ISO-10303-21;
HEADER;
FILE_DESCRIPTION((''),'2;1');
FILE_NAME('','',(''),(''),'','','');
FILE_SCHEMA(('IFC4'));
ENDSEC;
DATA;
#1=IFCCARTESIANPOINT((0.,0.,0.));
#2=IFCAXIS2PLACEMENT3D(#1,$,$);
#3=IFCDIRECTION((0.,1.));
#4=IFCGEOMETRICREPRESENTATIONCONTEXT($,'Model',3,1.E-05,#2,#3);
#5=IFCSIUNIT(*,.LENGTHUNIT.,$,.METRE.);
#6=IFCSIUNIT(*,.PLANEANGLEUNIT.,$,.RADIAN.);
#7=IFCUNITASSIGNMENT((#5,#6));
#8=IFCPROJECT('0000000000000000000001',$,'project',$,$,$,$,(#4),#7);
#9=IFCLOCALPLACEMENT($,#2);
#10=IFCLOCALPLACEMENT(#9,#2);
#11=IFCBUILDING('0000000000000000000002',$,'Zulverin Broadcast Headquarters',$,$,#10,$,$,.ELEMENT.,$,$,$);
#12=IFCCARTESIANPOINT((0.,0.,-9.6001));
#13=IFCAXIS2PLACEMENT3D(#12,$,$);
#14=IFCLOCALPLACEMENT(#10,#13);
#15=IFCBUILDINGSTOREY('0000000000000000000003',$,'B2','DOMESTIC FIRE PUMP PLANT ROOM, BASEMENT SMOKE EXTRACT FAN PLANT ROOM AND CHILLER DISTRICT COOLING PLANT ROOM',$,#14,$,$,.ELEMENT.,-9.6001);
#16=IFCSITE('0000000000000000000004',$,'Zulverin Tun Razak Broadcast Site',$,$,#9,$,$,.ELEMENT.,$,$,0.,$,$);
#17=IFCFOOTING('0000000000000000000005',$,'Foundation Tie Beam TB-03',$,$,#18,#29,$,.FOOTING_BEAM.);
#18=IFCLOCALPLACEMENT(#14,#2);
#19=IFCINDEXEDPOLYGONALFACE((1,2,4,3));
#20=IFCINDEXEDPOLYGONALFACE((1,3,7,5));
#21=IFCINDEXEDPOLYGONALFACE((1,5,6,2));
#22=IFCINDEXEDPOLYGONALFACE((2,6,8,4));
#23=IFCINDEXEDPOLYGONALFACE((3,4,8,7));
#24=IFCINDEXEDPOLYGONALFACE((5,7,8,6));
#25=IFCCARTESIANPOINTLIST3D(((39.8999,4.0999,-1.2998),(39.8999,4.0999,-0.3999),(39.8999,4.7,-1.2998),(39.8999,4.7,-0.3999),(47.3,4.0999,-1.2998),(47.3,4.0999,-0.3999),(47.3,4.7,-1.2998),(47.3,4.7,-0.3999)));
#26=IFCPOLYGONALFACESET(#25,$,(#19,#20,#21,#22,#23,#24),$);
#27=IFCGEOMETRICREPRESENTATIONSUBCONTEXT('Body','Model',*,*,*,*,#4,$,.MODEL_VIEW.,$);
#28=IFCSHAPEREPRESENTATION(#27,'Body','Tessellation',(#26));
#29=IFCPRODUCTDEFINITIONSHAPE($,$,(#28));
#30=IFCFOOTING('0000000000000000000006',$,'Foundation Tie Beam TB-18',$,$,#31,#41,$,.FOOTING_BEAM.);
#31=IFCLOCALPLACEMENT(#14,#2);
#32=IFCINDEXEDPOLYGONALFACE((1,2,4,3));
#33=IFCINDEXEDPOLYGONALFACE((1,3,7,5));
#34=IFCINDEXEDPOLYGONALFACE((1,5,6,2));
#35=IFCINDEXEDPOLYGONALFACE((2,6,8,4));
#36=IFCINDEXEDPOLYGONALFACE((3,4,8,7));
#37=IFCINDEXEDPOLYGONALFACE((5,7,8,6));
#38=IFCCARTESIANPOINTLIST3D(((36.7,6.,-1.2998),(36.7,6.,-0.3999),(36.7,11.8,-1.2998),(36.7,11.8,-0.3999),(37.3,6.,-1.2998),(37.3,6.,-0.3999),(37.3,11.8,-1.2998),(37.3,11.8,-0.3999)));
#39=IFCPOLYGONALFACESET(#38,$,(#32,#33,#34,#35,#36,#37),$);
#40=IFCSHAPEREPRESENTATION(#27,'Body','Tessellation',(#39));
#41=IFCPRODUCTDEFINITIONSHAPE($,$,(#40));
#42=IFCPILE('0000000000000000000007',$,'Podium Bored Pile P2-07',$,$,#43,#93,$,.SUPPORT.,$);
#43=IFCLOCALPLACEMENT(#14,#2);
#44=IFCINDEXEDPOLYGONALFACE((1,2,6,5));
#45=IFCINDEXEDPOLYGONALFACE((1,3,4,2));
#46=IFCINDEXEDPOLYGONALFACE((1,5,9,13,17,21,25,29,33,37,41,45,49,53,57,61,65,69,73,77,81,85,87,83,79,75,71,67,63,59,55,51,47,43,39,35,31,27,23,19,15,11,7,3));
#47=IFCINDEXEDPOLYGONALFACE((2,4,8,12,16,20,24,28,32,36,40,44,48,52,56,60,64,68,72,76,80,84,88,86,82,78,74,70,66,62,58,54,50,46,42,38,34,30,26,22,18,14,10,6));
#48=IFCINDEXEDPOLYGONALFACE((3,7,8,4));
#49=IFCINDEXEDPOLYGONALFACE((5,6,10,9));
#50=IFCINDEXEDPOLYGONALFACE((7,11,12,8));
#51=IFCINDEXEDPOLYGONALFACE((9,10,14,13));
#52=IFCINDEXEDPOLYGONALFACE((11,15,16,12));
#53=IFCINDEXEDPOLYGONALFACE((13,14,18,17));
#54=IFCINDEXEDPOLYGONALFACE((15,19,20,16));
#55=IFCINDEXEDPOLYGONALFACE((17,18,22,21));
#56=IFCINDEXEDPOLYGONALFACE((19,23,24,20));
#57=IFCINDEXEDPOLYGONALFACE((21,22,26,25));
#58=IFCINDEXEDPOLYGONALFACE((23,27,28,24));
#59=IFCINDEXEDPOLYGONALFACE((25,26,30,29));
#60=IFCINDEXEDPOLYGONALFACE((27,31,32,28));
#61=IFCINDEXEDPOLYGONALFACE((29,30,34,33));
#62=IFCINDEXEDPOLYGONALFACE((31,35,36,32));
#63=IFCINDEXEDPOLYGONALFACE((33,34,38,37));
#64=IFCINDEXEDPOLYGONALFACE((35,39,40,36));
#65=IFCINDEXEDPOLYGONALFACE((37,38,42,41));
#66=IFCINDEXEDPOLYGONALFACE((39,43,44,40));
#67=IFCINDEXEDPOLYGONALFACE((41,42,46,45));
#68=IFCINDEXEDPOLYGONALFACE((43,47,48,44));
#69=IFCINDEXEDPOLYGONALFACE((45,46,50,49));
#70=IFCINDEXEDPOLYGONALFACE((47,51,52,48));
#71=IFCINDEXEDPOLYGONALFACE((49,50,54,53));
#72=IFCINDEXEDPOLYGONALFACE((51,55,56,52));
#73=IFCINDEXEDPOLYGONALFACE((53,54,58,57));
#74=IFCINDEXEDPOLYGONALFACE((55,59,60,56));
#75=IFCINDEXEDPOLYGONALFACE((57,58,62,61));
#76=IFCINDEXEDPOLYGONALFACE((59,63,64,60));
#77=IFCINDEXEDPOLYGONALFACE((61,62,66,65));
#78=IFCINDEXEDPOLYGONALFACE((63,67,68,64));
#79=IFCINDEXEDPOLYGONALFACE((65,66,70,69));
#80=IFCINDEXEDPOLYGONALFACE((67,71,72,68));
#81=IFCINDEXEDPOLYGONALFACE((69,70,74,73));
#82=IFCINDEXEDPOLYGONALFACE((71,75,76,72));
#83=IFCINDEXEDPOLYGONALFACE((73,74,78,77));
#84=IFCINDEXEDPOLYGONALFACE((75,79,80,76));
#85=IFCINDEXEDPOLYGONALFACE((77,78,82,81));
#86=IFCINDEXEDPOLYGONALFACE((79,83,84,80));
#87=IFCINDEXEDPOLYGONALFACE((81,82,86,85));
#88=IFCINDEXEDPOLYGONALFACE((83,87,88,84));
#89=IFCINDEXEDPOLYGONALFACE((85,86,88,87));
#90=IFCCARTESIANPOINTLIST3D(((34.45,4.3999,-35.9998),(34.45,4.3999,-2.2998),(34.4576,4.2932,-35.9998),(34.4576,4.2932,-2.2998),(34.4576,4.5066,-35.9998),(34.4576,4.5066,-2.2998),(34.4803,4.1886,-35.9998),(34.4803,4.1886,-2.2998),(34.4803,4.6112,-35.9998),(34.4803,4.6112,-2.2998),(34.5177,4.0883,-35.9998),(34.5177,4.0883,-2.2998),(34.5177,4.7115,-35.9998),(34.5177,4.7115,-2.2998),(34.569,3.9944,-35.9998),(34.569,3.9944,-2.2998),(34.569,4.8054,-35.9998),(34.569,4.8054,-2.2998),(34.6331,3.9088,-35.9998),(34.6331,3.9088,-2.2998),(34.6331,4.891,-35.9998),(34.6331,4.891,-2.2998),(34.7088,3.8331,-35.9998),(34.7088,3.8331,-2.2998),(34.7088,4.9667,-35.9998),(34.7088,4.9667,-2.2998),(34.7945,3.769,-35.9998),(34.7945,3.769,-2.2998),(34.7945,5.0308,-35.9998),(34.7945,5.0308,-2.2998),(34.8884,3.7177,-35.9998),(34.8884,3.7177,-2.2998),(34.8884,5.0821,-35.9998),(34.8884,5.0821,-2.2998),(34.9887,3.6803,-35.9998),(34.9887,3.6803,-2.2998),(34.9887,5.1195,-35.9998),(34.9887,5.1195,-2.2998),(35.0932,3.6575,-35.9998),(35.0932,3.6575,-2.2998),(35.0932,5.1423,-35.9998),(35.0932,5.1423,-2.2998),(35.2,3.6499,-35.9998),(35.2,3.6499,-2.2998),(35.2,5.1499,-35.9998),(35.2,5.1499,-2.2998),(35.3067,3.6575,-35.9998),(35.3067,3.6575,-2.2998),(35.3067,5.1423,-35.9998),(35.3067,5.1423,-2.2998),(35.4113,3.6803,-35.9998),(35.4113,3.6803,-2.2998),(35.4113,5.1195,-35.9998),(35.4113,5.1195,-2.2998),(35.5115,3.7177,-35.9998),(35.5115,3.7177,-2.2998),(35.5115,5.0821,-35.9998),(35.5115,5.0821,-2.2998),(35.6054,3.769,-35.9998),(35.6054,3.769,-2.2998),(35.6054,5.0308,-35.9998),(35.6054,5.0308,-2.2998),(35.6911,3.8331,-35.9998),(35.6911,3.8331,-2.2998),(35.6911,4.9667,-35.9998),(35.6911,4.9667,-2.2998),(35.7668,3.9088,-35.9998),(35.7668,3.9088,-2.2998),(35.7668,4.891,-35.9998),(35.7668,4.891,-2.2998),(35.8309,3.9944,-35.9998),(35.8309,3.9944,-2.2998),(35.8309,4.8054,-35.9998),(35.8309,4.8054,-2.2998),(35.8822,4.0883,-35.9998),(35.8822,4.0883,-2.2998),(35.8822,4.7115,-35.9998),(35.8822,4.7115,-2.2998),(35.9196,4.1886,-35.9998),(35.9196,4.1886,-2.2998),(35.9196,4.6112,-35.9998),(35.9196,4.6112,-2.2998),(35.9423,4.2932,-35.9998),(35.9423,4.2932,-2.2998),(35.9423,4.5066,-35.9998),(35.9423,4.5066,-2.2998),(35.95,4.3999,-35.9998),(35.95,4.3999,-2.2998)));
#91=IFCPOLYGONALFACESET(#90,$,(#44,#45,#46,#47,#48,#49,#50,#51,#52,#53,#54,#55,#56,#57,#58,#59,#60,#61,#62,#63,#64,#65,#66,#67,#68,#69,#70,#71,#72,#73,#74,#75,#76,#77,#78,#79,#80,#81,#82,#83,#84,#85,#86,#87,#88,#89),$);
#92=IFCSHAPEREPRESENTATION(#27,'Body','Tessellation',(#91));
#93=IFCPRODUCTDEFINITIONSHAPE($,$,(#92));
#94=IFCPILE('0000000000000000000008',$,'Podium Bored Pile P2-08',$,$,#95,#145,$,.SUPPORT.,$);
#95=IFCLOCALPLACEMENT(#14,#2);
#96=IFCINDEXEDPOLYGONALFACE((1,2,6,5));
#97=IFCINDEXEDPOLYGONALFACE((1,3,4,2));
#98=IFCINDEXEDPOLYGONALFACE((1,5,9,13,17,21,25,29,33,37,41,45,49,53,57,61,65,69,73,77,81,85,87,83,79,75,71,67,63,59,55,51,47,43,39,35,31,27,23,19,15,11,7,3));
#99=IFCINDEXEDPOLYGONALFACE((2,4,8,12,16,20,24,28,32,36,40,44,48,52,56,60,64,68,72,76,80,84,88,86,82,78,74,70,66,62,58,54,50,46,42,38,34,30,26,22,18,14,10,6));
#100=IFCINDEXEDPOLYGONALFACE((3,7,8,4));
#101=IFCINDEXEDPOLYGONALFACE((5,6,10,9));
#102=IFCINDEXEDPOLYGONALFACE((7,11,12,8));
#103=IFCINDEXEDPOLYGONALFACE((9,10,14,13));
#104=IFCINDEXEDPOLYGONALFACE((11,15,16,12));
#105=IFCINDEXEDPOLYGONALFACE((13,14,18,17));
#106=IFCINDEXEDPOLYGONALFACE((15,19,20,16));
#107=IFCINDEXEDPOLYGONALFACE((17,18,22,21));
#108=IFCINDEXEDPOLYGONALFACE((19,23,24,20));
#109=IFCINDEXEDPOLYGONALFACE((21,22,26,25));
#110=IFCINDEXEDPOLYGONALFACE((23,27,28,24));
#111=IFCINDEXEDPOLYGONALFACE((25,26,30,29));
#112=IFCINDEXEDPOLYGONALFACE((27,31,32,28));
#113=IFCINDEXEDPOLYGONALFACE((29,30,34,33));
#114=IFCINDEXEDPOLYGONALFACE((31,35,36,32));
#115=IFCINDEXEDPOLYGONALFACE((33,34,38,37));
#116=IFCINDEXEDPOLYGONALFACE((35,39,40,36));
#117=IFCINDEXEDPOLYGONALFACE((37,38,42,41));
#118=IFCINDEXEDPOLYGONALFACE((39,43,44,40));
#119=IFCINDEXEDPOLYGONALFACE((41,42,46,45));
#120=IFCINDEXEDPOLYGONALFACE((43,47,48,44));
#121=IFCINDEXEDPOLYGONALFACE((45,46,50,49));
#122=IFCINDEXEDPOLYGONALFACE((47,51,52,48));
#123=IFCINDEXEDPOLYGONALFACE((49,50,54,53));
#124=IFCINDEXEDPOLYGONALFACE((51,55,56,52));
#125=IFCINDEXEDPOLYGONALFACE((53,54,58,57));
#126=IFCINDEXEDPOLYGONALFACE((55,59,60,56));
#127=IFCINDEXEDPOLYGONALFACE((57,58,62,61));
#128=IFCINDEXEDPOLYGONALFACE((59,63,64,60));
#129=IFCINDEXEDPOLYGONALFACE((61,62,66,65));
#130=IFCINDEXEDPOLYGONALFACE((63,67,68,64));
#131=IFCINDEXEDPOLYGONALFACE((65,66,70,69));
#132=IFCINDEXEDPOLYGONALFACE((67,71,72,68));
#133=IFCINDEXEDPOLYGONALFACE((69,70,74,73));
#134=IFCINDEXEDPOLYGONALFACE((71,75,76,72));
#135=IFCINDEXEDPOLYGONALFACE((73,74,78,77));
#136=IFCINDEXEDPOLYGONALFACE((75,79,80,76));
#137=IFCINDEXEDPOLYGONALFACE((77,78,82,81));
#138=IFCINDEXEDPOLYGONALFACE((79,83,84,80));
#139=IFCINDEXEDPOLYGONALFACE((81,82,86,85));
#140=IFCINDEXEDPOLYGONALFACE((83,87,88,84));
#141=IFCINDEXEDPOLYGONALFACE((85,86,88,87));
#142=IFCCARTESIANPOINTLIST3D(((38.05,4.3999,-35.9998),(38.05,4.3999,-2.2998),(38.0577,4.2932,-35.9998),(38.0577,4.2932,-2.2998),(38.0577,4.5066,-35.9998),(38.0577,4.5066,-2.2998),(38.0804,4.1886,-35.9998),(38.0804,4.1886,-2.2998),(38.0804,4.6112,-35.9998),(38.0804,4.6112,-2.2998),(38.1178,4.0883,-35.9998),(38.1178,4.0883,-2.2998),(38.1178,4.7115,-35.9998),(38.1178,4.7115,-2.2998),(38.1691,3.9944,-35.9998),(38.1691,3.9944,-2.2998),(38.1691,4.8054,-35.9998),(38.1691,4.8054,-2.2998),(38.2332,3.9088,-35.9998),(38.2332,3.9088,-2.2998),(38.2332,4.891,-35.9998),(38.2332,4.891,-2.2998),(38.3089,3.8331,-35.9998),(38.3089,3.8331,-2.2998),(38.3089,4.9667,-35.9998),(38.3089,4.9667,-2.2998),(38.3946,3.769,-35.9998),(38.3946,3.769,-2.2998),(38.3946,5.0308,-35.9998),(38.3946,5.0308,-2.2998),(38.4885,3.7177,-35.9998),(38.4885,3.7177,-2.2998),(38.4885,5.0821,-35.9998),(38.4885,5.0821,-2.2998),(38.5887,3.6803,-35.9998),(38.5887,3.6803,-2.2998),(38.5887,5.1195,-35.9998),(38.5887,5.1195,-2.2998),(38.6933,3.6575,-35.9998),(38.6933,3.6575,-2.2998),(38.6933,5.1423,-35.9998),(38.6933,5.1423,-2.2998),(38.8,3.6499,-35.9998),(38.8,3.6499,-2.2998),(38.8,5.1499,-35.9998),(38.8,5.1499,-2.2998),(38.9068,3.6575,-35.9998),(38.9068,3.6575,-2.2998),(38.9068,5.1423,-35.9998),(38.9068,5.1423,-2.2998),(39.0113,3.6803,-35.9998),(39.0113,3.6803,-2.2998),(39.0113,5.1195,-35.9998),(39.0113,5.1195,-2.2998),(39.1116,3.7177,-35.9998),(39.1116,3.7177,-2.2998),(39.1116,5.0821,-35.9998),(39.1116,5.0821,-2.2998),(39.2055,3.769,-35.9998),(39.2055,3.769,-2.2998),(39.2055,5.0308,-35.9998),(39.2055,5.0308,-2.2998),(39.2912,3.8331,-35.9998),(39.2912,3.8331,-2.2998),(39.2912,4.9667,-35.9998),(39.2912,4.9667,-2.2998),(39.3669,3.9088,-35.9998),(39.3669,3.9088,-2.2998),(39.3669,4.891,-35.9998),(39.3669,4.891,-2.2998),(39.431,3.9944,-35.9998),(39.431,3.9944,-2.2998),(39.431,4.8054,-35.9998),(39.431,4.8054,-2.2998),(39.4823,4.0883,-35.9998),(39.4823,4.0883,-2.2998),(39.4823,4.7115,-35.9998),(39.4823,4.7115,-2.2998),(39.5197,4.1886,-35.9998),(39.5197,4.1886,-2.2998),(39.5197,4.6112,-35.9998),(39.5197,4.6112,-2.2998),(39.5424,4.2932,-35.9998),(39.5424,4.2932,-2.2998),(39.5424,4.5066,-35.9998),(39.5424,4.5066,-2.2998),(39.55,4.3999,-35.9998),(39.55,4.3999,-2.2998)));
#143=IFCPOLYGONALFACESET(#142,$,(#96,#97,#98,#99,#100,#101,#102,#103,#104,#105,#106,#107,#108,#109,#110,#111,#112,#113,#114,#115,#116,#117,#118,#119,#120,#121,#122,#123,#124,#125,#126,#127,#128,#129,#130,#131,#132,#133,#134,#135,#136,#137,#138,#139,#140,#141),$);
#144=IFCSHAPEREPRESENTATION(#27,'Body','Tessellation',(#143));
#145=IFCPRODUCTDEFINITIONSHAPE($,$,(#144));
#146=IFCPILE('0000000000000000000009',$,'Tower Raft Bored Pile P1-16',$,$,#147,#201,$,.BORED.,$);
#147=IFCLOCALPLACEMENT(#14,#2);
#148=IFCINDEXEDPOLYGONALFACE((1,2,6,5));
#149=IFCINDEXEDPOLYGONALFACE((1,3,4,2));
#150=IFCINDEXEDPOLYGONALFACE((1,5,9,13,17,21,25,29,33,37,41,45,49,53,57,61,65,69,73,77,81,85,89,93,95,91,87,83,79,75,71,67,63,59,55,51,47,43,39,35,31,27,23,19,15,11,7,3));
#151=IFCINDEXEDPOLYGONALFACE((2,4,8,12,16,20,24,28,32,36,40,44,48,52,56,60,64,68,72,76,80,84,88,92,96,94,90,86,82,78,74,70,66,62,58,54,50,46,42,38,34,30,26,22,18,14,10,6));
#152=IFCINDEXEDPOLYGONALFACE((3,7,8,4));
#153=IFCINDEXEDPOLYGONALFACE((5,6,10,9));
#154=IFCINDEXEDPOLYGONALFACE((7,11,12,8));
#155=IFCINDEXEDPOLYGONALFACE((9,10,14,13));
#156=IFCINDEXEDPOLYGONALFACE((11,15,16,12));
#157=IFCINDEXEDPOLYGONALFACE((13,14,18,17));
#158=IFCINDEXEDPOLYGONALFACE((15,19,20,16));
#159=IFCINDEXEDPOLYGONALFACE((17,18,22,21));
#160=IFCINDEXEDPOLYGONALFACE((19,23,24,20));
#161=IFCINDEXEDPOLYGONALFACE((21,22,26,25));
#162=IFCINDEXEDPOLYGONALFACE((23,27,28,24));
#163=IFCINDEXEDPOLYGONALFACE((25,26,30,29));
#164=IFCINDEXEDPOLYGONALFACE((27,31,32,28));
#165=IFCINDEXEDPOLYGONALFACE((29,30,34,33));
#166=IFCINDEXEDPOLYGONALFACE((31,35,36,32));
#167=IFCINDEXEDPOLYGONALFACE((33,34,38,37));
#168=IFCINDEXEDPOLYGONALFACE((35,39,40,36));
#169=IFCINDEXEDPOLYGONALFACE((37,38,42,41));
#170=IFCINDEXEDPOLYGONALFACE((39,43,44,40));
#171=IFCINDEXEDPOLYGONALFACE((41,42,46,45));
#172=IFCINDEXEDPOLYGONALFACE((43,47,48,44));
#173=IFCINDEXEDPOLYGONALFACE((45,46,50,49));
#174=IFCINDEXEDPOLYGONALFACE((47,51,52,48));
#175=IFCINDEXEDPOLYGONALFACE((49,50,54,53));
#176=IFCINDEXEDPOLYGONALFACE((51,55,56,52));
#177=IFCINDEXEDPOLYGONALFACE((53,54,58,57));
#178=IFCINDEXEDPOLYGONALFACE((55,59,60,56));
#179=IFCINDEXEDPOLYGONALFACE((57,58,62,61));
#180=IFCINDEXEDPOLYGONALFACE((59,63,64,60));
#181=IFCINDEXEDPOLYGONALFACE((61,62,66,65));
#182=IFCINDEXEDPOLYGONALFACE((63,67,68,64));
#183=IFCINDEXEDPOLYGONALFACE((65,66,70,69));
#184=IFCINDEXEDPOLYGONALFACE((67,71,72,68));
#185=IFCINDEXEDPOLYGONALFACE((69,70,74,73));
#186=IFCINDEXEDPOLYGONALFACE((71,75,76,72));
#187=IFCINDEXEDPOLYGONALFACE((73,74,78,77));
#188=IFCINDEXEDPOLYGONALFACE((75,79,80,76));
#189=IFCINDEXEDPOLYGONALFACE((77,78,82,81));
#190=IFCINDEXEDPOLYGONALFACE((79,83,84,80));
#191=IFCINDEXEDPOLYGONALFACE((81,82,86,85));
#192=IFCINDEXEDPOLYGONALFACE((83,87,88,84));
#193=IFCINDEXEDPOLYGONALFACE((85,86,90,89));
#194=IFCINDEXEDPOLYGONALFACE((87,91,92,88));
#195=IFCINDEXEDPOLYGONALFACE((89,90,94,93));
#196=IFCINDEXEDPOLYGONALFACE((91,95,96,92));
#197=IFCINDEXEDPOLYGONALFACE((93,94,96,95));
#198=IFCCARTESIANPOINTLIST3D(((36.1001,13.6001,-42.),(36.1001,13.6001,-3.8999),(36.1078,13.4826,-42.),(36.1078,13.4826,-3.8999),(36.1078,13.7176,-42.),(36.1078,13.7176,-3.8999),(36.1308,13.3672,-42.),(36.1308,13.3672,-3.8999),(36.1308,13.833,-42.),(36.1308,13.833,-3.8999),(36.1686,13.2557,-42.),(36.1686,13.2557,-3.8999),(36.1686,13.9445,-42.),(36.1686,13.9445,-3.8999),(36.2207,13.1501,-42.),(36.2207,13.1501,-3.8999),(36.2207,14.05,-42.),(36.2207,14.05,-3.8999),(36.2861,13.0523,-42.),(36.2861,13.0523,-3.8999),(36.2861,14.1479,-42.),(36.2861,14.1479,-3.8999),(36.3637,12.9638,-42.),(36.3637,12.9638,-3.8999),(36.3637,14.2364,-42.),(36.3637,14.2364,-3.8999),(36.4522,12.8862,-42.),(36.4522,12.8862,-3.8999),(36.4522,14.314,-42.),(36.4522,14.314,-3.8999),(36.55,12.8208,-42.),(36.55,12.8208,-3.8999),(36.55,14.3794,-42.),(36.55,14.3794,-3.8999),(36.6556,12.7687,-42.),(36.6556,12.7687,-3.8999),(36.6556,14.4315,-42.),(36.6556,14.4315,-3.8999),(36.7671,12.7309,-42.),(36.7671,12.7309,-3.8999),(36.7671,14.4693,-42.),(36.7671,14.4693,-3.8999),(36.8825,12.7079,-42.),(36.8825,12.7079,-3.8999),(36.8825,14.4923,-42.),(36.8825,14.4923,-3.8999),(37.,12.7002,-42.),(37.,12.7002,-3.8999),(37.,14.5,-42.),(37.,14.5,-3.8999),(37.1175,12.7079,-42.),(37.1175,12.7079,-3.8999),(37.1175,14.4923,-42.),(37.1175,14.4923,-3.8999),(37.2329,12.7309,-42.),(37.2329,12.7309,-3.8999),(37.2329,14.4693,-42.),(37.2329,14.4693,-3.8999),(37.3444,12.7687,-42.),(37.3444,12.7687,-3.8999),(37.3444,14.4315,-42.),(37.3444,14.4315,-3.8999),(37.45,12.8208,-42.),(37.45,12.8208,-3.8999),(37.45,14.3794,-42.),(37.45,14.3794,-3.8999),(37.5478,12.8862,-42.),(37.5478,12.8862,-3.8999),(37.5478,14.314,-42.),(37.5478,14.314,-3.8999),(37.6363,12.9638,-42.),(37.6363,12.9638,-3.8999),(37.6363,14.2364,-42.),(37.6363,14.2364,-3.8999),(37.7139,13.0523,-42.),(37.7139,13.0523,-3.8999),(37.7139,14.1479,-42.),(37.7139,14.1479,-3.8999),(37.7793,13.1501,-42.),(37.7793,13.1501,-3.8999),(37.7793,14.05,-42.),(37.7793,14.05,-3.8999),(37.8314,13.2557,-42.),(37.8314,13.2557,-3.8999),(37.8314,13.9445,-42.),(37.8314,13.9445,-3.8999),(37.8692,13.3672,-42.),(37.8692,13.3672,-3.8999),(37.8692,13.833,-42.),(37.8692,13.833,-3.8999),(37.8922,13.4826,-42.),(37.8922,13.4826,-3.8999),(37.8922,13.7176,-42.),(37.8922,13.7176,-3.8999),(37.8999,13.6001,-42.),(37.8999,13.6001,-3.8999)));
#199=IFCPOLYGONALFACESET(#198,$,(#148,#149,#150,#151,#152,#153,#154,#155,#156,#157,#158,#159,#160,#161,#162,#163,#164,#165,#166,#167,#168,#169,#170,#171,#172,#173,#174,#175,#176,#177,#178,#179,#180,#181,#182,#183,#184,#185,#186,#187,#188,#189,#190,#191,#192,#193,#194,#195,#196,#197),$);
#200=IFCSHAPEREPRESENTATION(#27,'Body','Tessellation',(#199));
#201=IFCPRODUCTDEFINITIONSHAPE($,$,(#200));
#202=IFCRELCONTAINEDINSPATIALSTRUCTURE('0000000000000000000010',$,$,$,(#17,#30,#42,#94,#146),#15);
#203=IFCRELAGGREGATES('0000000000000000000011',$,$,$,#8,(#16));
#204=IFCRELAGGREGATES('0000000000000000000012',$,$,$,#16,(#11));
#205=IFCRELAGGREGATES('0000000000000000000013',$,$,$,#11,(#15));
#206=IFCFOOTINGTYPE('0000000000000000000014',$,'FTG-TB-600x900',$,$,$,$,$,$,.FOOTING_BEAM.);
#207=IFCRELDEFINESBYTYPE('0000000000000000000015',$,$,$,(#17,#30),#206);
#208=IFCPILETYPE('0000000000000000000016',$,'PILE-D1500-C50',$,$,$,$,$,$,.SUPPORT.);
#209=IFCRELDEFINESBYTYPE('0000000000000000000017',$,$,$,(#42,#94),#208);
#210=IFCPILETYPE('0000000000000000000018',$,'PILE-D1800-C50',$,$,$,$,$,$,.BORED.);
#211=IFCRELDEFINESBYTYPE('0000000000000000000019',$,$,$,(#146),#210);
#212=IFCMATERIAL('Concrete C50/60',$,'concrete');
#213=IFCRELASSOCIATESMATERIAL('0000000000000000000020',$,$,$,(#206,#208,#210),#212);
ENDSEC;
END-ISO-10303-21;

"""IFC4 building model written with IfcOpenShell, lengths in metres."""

from ifc_helpers import new_model, si_unit, direction, frame, origin, origin_2d, place, context, subcontext, project, spatial, rectangle, circle, extrude, material, material_profile, profile_set, type_object, element, save


model = new_model("IFC4")

# Units and contexts
model_context = context("Model", 3, precision=1e-05, world=origin(), true_north=direction((0.0, 1.0)))
body_context = subcontext(model_context, "Body", "Model", "MODEL_VIEW")
ifc_project = project(units=[si_unit("LENGTHUNIT", "METRE"), si_unit("PLANEANGLEUNIT", "RADIAN")], contexts=[model_context])

# Site, building, storey
site_placement = place(None, origin())
site = spatial("IfcSite", under=ifc_project, at=site_placement, Name="Zulverin Tun Razak Broadcast Site", CompositionType="ELEMENT", RefElevation=0.0)
building_placement = place(site_placement, origin())
building = spatial("IfcBuilding", under=site, at=building_placement, Name="Zulverin Broadcast Headquarters", CompositionType="ELEMENT")
storey_placement = place(building_placement, frame((0.0, 0.0, -9.6001)))
storey = spatial("IfcBuildingStorey", under=building, at=storey_placement, Name="B2", Description="DOMESTIC FIRE PUMP PLANT ROOM, BASEMENT SMOKE EXTRACT FAN PLANT ROOM AND CHILLER DISTRICT COOLING PLANT ROOM", CompositionType="ELEMENT", Elevation=-9.6001)

# Footings
ifc_material_1 = material(Name="Concrete C50/60", Category="concrete")
ifc_material_profile_1 = material_profile(ifc_material_1, rectangle(XDim=0.6001, YDim=0.8999, at=origin_2d()), Name="Concrete C50/60", Category="concrete")
ifc_profile_set_1 = profile_set([ifc_material_profile_1], Name="Concrete C50/60")
footing_type = type_object("IfcFootingType", Name="FTG-TB-600x900", PredefinedType="FOOTING_BEAM", material=ifc_profile_set_1)
footing_1_placement = place(storey_placement, frame((39.8999, 4.3999, -0.8499), z_axis=(1.0, 0.0, 0.0), x_axis=(0.0, 1.0, 0.0)))
element("IfcFooting", 1, at=footing_1_placement, inside=storey, type_object=footing_type, Name="Foundation Tie Beam TB-03", PredefinedType="FOOTING_BEAM", context=body_context, shape_type="SweptSolid", body=[
    extrude(rectangle(XDim=0.6001, YDim=0.8999, at=origin_2d()), origin(), (0.0, 0.0, 1.0), 7.4001),
])
footing_2_placement = place(storey_placement, frame((37.0, 6.0, -0.8499), z_axis=(0.0, 1.0, 0.0), x_axis=(-1.0, 0.0, 0.0)))
element("IfcFooting", 2, at=footing_2_placement, inside=storey, type_object=footing_type, Name="Foundation Tie Beam TB-18", PredefinedType="FOOTING_BEAM", context=body_context, shape_type="SweptSolid", body=[
    extrude(rectangle(XDim=0.6001, YDim=0.8999, at=origin_2d()), origin(), (0.0, 0.0, 1.0), 5.8),
])

# Piles
ifc_material_profile_2 = material_profile(ifc_material_1, circle(Radius=0.75, at=origin_2d()), Name="Concrete C50/60", Category="concrete")
ifc_profile_set_2 = profile_set([ifc_material_profile_2], Name="Concrete C50/60")
pile_type_1 = type_object("IfcPileType", Name="PILE-D1500-C50", PredefinedType="SUPPORT", material=ifc_profile_set_2)
for number, where, z_axis, x_axis, name in (
    (3, (35.2, 4.3999, -2.2998), (0.0, 0.0, -1.0), (1.0, 0.0, 0.0), "Podium Bored Pile P2-07"),
    (4, (38.8, 4.3999, -2.2998), (0.0, 0.0, -1.0), (1.0, 0.0, 0.0), "Podium Bored Pile P2-08"),
):
    element("IfcPile", number, at=place(storey_placement, frame(where, z_axis=z_axis, x_axis=x_axis)), inside=storey, type_object=pile_type_1, Name=name, PredefinedType="SUPPORT", context=body_context, shape_type="SweptSolid", body=[
        extrude(circle(Radius=0.75, at=origin_2d()), origin(), (0.0, 0.0, 1.0), 33.7),
    ])
ifc_material_profile_3 = material_profile(ifc_material_1, circle(Radius=0.8999, at=origin_2d()), Name="Concrete C50/60", Category="concrete")
ifc_profile_set_3 = profile_set([ifc_material_profile_3], Name="Concrete C50/60")
pile_type_2 = type_object("IfcPileType", Name="PILE-D1800-C50", PredefinedType="BORED", material=ifc_profile_set_3)
for number, where, z_axis, x_axis, name in (
    (5, (37.0, 13.6001, -3.8999), (0.0, 0.0, -1.0), (1.0, 0.0, 0.0), "Tower Raft Bored Pile P1-16"),
):
    element("IfcPile", number, at=place(storey_placement, frame(where, z_axis=z_axis, x_axis=x_axis)), inside=storey, type_object=pile_type_2, Name=name, PredefinedType="BORED", context=body_context, shape_type="SweptSolid", body=[
        extrude(circle(Radius=0.8999, at=origin_2d()), origin(), (0.0, 0.0, 1.0), 38.1001),
    ])

save(model, "model.ifc")
